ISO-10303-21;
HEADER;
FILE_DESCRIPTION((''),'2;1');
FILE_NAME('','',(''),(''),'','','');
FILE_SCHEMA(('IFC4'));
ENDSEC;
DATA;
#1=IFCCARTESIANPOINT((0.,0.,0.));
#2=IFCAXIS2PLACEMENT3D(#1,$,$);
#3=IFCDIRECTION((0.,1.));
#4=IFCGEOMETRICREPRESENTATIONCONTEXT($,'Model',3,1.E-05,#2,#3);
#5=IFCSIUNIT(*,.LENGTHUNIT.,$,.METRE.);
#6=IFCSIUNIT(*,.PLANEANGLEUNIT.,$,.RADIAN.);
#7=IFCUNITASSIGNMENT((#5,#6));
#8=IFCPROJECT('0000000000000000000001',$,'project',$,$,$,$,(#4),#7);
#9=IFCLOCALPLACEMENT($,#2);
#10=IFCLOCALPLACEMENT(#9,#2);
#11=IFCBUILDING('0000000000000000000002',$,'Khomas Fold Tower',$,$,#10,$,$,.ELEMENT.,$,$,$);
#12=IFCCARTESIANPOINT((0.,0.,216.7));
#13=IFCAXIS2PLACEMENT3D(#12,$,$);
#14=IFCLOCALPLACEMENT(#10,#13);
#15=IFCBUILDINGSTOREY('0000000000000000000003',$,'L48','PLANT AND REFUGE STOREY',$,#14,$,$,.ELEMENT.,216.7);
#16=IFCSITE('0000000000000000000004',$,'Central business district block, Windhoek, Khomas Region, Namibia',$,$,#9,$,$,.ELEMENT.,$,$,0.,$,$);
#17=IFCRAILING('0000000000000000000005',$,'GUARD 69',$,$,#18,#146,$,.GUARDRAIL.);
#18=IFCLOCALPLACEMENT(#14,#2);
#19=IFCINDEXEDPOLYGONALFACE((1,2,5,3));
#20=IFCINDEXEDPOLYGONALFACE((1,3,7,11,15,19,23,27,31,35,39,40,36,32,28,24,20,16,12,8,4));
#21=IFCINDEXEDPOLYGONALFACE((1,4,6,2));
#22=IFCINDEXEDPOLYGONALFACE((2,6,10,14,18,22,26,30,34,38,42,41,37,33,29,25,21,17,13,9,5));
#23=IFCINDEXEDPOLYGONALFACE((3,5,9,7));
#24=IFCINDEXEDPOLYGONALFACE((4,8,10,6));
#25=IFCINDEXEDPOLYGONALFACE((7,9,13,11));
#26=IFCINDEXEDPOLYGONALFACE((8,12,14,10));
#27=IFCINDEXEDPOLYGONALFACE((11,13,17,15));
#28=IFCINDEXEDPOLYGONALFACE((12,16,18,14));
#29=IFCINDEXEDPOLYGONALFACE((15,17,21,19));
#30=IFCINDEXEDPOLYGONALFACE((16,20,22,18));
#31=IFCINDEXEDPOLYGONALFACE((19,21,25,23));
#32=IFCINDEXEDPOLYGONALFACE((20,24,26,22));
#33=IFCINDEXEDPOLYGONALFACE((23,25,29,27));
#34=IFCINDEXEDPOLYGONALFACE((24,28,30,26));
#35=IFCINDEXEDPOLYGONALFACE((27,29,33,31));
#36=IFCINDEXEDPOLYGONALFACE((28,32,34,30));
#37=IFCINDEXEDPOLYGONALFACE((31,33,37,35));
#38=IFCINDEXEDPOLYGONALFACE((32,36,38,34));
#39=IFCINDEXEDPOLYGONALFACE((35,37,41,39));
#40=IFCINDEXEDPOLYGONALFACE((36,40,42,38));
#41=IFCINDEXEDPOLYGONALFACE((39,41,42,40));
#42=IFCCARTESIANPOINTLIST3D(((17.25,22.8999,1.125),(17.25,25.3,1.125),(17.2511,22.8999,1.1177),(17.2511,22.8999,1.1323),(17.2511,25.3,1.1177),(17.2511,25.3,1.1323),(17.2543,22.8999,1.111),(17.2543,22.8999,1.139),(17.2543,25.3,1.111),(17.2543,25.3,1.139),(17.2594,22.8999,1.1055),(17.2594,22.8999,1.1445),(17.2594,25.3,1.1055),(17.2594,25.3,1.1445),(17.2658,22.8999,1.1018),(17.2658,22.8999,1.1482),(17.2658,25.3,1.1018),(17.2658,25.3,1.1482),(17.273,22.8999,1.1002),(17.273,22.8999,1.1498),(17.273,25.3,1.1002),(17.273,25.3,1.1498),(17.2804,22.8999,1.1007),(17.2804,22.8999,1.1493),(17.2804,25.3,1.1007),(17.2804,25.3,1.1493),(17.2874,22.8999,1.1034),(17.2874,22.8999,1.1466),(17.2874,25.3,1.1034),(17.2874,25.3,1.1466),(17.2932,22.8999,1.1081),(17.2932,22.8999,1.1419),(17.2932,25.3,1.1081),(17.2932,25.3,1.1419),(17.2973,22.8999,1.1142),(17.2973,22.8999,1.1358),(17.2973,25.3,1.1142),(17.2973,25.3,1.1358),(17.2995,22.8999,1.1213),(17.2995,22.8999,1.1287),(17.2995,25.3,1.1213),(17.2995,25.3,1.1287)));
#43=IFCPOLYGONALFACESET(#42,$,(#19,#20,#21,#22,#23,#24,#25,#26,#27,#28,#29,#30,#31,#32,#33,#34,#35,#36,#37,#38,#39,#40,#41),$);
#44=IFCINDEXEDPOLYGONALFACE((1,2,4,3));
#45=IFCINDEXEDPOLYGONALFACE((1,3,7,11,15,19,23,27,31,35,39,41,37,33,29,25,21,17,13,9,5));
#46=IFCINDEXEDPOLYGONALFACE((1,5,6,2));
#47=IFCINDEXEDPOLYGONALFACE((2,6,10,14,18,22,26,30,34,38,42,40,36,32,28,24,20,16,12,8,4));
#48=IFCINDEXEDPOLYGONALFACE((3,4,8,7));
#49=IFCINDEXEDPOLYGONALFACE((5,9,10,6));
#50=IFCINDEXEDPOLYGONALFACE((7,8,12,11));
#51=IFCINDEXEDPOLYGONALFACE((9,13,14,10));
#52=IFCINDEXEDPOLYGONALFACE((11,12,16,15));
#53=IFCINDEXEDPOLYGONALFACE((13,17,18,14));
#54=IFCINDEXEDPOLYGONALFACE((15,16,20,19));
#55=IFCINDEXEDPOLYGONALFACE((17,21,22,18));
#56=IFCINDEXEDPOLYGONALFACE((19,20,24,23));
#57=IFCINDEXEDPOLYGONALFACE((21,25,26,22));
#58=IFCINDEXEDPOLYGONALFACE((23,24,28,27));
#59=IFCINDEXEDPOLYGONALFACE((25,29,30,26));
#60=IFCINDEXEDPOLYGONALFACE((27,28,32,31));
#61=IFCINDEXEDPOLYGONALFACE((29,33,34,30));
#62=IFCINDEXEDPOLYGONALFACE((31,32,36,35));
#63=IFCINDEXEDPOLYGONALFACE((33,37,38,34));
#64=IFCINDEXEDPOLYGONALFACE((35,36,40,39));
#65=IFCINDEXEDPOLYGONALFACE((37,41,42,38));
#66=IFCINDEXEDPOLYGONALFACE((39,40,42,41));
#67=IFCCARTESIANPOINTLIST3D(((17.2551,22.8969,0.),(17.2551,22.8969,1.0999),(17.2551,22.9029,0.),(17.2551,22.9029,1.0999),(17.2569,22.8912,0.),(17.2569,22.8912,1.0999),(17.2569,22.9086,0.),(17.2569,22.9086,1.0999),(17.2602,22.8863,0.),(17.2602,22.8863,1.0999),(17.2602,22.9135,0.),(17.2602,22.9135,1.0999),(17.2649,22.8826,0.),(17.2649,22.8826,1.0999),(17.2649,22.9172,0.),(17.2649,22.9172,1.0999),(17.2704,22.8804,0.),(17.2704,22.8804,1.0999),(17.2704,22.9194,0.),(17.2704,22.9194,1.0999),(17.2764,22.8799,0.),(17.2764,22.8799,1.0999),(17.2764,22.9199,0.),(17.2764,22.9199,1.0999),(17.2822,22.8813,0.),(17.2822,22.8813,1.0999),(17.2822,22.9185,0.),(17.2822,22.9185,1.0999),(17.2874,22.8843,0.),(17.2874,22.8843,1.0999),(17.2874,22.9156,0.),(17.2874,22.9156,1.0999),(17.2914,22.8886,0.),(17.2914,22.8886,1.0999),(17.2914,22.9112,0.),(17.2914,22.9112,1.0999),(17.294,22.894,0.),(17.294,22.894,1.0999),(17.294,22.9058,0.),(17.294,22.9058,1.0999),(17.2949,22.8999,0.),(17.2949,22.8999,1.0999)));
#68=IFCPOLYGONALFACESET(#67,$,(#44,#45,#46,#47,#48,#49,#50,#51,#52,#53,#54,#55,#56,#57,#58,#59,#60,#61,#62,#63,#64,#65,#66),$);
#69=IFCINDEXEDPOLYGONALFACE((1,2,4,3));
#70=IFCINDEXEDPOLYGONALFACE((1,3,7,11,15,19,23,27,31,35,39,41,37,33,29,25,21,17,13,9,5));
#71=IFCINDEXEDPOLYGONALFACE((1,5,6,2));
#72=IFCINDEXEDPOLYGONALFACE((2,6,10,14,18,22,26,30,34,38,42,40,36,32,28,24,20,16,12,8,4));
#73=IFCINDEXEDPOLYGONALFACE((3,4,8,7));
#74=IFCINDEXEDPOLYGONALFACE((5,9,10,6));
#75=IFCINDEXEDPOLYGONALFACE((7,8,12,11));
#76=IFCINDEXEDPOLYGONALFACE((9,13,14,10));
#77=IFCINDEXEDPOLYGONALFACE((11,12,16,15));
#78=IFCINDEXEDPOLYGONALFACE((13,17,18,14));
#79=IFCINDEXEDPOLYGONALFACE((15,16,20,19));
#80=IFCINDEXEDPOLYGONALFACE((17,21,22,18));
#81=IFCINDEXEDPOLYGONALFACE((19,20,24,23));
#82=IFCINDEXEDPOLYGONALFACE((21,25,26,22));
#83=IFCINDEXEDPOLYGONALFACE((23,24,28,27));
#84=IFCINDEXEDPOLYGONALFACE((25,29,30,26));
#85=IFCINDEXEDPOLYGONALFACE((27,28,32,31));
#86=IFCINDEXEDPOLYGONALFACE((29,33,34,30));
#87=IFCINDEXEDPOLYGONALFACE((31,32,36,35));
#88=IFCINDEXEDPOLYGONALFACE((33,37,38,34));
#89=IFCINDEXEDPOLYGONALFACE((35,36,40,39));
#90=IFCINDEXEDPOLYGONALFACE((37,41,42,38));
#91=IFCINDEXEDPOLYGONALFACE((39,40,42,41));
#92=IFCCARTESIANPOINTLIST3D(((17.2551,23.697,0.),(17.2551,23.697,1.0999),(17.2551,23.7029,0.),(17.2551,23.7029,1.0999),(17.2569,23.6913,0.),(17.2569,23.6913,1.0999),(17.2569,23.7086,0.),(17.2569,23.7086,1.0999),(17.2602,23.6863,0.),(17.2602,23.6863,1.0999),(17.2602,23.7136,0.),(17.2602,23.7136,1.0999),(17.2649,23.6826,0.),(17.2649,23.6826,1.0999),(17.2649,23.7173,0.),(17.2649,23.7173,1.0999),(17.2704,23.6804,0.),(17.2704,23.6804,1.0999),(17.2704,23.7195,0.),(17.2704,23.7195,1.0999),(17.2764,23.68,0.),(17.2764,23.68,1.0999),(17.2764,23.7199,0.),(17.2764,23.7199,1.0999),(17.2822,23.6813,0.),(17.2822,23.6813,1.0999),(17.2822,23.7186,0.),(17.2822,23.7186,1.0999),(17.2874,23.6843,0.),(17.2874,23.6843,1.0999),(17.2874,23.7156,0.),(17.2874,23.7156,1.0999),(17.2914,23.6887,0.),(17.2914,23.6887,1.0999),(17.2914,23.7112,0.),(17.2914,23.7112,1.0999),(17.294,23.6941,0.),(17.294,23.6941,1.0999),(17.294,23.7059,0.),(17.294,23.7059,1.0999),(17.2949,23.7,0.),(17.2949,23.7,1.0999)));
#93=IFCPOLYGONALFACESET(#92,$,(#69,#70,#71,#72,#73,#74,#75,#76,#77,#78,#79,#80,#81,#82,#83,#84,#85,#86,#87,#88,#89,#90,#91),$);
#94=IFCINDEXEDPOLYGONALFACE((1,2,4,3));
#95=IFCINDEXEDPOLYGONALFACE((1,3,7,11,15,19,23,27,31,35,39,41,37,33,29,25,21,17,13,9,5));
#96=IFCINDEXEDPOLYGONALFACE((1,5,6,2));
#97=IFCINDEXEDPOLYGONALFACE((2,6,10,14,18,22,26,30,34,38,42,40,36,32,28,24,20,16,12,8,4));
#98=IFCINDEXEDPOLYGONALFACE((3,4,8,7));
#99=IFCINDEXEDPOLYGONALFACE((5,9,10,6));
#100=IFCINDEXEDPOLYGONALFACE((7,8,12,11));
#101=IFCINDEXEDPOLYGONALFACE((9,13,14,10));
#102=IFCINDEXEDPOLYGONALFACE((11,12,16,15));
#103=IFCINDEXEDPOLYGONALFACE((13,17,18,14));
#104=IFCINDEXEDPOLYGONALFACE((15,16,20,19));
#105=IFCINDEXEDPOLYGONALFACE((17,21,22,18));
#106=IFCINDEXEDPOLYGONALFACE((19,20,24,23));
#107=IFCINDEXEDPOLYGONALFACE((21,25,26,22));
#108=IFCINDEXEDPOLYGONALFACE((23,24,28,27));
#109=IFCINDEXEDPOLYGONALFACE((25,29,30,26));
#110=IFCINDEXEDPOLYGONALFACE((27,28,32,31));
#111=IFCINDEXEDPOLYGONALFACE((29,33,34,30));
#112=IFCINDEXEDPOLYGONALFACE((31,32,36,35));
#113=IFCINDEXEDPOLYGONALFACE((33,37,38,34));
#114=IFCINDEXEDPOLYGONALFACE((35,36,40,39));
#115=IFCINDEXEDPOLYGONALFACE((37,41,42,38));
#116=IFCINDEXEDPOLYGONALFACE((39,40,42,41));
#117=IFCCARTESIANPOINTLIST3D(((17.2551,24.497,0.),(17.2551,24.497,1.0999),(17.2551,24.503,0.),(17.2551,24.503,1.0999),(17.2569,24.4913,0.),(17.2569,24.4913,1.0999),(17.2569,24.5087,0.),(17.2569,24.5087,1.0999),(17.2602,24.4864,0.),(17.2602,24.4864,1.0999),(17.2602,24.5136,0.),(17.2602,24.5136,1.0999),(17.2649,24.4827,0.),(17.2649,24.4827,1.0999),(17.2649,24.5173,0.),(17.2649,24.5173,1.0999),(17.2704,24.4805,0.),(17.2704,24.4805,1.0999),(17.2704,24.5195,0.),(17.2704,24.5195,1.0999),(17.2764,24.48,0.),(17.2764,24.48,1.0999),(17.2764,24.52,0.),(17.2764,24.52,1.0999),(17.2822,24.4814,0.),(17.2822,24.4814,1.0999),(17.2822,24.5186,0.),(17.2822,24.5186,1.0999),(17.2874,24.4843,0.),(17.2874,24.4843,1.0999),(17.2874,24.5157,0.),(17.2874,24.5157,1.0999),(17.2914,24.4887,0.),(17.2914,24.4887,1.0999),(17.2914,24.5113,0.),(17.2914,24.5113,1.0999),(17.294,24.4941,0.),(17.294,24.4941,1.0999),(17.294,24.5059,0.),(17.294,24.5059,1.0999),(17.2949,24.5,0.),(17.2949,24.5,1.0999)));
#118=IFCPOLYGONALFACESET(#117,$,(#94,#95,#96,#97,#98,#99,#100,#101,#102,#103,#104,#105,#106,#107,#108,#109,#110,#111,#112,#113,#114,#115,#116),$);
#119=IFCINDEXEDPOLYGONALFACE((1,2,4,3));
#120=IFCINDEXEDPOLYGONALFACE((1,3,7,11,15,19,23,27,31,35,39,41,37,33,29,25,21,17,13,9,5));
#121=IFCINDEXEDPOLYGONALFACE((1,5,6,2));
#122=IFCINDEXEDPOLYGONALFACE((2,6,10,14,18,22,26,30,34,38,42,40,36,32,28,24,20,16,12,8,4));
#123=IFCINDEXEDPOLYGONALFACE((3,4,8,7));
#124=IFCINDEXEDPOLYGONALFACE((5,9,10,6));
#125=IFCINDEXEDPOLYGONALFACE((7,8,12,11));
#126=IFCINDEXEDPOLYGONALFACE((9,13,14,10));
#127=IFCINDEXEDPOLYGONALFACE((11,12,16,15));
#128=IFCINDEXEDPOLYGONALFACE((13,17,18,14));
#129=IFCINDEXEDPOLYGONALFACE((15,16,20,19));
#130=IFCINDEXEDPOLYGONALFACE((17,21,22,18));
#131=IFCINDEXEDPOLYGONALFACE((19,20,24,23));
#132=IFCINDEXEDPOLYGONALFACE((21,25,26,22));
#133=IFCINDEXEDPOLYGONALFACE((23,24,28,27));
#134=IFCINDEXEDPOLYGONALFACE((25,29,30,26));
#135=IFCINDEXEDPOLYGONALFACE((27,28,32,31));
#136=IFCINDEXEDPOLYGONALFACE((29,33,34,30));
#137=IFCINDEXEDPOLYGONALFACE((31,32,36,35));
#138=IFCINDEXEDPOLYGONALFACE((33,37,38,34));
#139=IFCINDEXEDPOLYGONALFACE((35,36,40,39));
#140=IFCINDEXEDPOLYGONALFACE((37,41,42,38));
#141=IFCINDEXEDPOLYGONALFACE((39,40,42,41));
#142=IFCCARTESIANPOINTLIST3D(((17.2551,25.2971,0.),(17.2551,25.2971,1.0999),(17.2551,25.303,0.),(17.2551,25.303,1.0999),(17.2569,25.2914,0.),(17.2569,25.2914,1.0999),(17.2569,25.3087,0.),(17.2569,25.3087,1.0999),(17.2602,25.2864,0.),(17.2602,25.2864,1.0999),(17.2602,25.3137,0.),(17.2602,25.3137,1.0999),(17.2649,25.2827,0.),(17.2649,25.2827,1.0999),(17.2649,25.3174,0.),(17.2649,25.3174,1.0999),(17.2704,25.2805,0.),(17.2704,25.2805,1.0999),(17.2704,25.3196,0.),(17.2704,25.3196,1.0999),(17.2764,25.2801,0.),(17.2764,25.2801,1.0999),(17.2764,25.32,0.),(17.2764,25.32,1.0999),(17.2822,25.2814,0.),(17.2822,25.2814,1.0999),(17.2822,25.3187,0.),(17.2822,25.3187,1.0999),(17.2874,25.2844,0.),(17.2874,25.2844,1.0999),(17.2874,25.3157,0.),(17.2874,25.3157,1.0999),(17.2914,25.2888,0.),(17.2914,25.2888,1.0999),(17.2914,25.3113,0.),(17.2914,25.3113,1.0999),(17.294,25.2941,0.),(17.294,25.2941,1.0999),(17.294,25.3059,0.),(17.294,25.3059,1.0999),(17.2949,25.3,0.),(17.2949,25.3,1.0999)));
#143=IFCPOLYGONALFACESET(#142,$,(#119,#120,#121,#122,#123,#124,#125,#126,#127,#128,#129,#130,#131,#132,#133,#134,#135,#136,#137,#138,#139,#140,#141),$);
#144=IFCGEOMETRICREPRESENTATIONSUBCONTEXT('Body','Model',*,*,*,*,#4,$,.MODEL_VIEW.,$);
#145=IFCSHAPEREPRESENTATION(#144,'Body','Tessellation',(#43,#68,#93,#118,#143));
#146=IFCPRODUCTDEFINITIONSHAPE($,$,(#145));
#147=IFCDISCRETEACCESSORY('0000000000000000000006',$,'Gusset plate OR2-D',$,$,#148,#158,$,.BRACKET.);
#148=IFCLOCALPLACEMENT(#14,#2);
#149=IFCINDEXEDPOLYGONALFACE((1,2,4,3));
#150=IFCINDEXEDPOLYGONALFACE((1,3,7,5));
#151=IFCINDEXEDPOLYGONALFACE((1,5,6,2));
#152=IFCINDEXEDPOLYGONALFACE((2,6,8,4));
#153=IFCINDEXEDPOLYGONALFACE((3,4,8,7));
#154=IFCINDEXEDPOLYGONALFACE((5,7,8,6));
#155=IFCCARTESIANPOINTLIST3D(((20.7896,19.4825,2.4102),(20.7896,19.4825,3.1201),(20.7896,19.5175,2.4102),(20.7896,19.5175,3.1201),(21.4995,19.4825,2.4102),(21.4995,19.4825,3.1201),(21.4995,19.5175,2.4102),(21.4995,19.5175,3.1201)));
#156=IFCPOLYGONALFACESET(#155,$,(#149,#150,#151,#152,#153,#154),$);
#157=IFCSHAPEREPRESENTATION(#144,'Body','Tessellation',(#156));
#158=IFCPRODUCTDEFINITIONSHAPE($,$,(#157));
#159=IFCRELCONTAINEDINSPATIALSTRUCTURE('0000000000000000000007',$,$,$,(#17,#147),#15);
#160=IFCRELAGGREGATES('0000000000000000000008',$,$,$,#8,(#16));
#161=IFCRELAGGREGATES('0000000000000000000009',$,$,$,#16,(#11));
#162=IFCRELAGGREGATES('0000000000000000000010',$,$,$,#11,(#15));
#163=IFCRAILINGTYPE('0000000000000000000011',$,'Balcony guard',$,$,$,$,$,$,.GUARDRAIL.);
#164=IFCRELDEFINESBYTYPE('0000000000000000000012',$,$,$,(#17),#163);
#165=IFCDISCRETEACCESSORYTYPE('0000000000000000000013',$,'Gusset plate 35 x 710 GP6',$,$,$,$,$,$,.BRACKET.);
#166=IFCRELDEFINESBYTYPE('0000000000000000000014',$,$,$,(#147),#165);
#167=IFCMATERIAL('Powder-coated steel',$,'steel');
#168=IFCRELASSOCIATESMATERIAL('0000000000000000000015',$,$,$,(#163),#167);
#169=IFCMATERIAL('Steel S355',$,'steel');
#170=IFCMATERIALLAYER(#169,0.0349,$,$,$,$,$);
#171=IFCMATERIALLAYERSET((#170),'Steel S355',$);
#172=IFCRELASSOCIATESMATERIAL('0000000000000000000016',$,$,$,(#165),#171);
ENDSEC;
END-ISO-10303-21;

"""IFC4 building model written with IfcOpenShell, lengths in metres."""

from ifc_helpers import new_model, si_unit, direction, frame, origin, origin_2d, place, context, subcontext, project, spatial, rectangle, circle, extrude, source, transform, mapped, material, layer, layer_set, type_object, element, save


model = new_model("IFC4")

# Units and contexts
model_context = context("Model", 3, precision=1e-05, world=origin(), true_north=direction((0.0, 1.0)))
body_context = subcontext(model_context, "Body", "Model", "MODEL_VIEW")
ifc_project = project(units=[si_unit("LENGTHUNIT", "METRE"), si_unit("PLANEANGLEUNIT", "RADIAN")], contexts=[model_context])

# Site, building, storey
site_placement = place(None, origin())
site = spatial("IfcSite", under=ifc_project, at=site_placement, Name="Central business district block, Windhoek, Khomas Region, Namibia", CompositionType="ELEMENT", RefElevation=0.0)
building_placement = place(site_placement, origin())
building = spatial("IfcBuilding", under=site, at=building_placement, Name="Khomas Fold Tower", CompositionType="ELEMENT")
storey_placement = place(building_placement, frame((0.0, 0.0, 216.7)))
storey = spatial("IfcBuildingStorey", under=building, at=storey_placement, Name="L48", Description="PLANT AND REFUGE STOREY", CompositionType="ELEMENT", Elevation=216.7)

# Railing
ifc_material_1 = material(Name="Powder-coated steel", Category="steel")
railing_type = type_object("IfcRailingType", Name="Balcony guard", PredefinedType="GUARDRAIL", material=ifc_material_1)
shared_shape_1 = source(origin(), body_context, "Body", "SweptSolid", [
    extrude(circle(Radius=0.0249, at=origin_2d()), frame((0.0, 0.0, 1.125), z_axis=(0.0, 1.0, 0.0), x_axis=(-1.0, 0.0, 0.0)), (0.0, 0.0, 1.0), 2.4001),
    extrude(circle(Radius=0.02, at=origin_2d()), origin(), (0.0, 0.0, 1.0), 1.0999),
    extrude(circle(Radius=0.02, at=origin_2d()), frame((0.0, 0.8, 0.0)), (0.0, 0.0, 1.0), 1.0999),
    extrude(circle(Radius=0.02, at=origin_2d()), frame((0.0, 1.6001, 0.0)), (0.0, 0.0, 1.0), 1.0999),
    extrude(circle(Radius=0.02, at=origin_2d()), frame((0.0, 2.4001, 0.0)), (0.0, 0.0, 1.0), 1.0999),
])
for number, where, name in (
    (1, (17.2749, 22.8999, 0.0), "GUARD 69"),
):
    element("IfcRailing", number, at=place(storey_placement, frame(where)), inside=storey, type_object=railing_type, Name=name, PredefinedType="GUARDRAIL", context=body_context, shape_type="MappedRepresentation", body=[
        mapped(shared_shape_1, transform((0.0, 0.0, 0.0))),
    ])

# Discrete accessory
ifc_material_2 = material(Name="Steel S355", Category="steel")
ifc_layer_1 = layer(ifc_material_2, 0.0349)
ifc_layer_set_1 = layer_set([ifc_layer_1], Name="Steel S355")
discrete_accessory_type = type_object("IfcDiscreteAccessoryType", Name="Gusset plate 35 x 710 GP6", PredefinedType="BRACKET", material=ifc_layer_set_1)
shared_shape_2 = source(origin(), body_context, "Body", "SweptSolid", [
    extrude(rectangle(XDim=0.71, YDim=0.0349, at=origin_2d()), origin(), (0.0, 0.0, 1.0), 0.71),
])
discrete_accessory_placement = place(storey_placement, frame((21.1445, 19.5, 2.4102), z_axis=(0.0, 0.0, 1.0), x_axis=(1.0, 0.0, 0.0)))
element("IfcDiscreteAccessory", 2, at=discrete_accessory_placement, inside=storey, type_object=discrete_accessory_type, Name="Gusset plate OR2-D", PredefinedType="BRACKET", context=body_context, shape_type="MappedRepresentation", body=[
    mapped(shared_shape_2, transform((0.0, 0.0, 0.0))),
])

save(model, "model.ifc")
